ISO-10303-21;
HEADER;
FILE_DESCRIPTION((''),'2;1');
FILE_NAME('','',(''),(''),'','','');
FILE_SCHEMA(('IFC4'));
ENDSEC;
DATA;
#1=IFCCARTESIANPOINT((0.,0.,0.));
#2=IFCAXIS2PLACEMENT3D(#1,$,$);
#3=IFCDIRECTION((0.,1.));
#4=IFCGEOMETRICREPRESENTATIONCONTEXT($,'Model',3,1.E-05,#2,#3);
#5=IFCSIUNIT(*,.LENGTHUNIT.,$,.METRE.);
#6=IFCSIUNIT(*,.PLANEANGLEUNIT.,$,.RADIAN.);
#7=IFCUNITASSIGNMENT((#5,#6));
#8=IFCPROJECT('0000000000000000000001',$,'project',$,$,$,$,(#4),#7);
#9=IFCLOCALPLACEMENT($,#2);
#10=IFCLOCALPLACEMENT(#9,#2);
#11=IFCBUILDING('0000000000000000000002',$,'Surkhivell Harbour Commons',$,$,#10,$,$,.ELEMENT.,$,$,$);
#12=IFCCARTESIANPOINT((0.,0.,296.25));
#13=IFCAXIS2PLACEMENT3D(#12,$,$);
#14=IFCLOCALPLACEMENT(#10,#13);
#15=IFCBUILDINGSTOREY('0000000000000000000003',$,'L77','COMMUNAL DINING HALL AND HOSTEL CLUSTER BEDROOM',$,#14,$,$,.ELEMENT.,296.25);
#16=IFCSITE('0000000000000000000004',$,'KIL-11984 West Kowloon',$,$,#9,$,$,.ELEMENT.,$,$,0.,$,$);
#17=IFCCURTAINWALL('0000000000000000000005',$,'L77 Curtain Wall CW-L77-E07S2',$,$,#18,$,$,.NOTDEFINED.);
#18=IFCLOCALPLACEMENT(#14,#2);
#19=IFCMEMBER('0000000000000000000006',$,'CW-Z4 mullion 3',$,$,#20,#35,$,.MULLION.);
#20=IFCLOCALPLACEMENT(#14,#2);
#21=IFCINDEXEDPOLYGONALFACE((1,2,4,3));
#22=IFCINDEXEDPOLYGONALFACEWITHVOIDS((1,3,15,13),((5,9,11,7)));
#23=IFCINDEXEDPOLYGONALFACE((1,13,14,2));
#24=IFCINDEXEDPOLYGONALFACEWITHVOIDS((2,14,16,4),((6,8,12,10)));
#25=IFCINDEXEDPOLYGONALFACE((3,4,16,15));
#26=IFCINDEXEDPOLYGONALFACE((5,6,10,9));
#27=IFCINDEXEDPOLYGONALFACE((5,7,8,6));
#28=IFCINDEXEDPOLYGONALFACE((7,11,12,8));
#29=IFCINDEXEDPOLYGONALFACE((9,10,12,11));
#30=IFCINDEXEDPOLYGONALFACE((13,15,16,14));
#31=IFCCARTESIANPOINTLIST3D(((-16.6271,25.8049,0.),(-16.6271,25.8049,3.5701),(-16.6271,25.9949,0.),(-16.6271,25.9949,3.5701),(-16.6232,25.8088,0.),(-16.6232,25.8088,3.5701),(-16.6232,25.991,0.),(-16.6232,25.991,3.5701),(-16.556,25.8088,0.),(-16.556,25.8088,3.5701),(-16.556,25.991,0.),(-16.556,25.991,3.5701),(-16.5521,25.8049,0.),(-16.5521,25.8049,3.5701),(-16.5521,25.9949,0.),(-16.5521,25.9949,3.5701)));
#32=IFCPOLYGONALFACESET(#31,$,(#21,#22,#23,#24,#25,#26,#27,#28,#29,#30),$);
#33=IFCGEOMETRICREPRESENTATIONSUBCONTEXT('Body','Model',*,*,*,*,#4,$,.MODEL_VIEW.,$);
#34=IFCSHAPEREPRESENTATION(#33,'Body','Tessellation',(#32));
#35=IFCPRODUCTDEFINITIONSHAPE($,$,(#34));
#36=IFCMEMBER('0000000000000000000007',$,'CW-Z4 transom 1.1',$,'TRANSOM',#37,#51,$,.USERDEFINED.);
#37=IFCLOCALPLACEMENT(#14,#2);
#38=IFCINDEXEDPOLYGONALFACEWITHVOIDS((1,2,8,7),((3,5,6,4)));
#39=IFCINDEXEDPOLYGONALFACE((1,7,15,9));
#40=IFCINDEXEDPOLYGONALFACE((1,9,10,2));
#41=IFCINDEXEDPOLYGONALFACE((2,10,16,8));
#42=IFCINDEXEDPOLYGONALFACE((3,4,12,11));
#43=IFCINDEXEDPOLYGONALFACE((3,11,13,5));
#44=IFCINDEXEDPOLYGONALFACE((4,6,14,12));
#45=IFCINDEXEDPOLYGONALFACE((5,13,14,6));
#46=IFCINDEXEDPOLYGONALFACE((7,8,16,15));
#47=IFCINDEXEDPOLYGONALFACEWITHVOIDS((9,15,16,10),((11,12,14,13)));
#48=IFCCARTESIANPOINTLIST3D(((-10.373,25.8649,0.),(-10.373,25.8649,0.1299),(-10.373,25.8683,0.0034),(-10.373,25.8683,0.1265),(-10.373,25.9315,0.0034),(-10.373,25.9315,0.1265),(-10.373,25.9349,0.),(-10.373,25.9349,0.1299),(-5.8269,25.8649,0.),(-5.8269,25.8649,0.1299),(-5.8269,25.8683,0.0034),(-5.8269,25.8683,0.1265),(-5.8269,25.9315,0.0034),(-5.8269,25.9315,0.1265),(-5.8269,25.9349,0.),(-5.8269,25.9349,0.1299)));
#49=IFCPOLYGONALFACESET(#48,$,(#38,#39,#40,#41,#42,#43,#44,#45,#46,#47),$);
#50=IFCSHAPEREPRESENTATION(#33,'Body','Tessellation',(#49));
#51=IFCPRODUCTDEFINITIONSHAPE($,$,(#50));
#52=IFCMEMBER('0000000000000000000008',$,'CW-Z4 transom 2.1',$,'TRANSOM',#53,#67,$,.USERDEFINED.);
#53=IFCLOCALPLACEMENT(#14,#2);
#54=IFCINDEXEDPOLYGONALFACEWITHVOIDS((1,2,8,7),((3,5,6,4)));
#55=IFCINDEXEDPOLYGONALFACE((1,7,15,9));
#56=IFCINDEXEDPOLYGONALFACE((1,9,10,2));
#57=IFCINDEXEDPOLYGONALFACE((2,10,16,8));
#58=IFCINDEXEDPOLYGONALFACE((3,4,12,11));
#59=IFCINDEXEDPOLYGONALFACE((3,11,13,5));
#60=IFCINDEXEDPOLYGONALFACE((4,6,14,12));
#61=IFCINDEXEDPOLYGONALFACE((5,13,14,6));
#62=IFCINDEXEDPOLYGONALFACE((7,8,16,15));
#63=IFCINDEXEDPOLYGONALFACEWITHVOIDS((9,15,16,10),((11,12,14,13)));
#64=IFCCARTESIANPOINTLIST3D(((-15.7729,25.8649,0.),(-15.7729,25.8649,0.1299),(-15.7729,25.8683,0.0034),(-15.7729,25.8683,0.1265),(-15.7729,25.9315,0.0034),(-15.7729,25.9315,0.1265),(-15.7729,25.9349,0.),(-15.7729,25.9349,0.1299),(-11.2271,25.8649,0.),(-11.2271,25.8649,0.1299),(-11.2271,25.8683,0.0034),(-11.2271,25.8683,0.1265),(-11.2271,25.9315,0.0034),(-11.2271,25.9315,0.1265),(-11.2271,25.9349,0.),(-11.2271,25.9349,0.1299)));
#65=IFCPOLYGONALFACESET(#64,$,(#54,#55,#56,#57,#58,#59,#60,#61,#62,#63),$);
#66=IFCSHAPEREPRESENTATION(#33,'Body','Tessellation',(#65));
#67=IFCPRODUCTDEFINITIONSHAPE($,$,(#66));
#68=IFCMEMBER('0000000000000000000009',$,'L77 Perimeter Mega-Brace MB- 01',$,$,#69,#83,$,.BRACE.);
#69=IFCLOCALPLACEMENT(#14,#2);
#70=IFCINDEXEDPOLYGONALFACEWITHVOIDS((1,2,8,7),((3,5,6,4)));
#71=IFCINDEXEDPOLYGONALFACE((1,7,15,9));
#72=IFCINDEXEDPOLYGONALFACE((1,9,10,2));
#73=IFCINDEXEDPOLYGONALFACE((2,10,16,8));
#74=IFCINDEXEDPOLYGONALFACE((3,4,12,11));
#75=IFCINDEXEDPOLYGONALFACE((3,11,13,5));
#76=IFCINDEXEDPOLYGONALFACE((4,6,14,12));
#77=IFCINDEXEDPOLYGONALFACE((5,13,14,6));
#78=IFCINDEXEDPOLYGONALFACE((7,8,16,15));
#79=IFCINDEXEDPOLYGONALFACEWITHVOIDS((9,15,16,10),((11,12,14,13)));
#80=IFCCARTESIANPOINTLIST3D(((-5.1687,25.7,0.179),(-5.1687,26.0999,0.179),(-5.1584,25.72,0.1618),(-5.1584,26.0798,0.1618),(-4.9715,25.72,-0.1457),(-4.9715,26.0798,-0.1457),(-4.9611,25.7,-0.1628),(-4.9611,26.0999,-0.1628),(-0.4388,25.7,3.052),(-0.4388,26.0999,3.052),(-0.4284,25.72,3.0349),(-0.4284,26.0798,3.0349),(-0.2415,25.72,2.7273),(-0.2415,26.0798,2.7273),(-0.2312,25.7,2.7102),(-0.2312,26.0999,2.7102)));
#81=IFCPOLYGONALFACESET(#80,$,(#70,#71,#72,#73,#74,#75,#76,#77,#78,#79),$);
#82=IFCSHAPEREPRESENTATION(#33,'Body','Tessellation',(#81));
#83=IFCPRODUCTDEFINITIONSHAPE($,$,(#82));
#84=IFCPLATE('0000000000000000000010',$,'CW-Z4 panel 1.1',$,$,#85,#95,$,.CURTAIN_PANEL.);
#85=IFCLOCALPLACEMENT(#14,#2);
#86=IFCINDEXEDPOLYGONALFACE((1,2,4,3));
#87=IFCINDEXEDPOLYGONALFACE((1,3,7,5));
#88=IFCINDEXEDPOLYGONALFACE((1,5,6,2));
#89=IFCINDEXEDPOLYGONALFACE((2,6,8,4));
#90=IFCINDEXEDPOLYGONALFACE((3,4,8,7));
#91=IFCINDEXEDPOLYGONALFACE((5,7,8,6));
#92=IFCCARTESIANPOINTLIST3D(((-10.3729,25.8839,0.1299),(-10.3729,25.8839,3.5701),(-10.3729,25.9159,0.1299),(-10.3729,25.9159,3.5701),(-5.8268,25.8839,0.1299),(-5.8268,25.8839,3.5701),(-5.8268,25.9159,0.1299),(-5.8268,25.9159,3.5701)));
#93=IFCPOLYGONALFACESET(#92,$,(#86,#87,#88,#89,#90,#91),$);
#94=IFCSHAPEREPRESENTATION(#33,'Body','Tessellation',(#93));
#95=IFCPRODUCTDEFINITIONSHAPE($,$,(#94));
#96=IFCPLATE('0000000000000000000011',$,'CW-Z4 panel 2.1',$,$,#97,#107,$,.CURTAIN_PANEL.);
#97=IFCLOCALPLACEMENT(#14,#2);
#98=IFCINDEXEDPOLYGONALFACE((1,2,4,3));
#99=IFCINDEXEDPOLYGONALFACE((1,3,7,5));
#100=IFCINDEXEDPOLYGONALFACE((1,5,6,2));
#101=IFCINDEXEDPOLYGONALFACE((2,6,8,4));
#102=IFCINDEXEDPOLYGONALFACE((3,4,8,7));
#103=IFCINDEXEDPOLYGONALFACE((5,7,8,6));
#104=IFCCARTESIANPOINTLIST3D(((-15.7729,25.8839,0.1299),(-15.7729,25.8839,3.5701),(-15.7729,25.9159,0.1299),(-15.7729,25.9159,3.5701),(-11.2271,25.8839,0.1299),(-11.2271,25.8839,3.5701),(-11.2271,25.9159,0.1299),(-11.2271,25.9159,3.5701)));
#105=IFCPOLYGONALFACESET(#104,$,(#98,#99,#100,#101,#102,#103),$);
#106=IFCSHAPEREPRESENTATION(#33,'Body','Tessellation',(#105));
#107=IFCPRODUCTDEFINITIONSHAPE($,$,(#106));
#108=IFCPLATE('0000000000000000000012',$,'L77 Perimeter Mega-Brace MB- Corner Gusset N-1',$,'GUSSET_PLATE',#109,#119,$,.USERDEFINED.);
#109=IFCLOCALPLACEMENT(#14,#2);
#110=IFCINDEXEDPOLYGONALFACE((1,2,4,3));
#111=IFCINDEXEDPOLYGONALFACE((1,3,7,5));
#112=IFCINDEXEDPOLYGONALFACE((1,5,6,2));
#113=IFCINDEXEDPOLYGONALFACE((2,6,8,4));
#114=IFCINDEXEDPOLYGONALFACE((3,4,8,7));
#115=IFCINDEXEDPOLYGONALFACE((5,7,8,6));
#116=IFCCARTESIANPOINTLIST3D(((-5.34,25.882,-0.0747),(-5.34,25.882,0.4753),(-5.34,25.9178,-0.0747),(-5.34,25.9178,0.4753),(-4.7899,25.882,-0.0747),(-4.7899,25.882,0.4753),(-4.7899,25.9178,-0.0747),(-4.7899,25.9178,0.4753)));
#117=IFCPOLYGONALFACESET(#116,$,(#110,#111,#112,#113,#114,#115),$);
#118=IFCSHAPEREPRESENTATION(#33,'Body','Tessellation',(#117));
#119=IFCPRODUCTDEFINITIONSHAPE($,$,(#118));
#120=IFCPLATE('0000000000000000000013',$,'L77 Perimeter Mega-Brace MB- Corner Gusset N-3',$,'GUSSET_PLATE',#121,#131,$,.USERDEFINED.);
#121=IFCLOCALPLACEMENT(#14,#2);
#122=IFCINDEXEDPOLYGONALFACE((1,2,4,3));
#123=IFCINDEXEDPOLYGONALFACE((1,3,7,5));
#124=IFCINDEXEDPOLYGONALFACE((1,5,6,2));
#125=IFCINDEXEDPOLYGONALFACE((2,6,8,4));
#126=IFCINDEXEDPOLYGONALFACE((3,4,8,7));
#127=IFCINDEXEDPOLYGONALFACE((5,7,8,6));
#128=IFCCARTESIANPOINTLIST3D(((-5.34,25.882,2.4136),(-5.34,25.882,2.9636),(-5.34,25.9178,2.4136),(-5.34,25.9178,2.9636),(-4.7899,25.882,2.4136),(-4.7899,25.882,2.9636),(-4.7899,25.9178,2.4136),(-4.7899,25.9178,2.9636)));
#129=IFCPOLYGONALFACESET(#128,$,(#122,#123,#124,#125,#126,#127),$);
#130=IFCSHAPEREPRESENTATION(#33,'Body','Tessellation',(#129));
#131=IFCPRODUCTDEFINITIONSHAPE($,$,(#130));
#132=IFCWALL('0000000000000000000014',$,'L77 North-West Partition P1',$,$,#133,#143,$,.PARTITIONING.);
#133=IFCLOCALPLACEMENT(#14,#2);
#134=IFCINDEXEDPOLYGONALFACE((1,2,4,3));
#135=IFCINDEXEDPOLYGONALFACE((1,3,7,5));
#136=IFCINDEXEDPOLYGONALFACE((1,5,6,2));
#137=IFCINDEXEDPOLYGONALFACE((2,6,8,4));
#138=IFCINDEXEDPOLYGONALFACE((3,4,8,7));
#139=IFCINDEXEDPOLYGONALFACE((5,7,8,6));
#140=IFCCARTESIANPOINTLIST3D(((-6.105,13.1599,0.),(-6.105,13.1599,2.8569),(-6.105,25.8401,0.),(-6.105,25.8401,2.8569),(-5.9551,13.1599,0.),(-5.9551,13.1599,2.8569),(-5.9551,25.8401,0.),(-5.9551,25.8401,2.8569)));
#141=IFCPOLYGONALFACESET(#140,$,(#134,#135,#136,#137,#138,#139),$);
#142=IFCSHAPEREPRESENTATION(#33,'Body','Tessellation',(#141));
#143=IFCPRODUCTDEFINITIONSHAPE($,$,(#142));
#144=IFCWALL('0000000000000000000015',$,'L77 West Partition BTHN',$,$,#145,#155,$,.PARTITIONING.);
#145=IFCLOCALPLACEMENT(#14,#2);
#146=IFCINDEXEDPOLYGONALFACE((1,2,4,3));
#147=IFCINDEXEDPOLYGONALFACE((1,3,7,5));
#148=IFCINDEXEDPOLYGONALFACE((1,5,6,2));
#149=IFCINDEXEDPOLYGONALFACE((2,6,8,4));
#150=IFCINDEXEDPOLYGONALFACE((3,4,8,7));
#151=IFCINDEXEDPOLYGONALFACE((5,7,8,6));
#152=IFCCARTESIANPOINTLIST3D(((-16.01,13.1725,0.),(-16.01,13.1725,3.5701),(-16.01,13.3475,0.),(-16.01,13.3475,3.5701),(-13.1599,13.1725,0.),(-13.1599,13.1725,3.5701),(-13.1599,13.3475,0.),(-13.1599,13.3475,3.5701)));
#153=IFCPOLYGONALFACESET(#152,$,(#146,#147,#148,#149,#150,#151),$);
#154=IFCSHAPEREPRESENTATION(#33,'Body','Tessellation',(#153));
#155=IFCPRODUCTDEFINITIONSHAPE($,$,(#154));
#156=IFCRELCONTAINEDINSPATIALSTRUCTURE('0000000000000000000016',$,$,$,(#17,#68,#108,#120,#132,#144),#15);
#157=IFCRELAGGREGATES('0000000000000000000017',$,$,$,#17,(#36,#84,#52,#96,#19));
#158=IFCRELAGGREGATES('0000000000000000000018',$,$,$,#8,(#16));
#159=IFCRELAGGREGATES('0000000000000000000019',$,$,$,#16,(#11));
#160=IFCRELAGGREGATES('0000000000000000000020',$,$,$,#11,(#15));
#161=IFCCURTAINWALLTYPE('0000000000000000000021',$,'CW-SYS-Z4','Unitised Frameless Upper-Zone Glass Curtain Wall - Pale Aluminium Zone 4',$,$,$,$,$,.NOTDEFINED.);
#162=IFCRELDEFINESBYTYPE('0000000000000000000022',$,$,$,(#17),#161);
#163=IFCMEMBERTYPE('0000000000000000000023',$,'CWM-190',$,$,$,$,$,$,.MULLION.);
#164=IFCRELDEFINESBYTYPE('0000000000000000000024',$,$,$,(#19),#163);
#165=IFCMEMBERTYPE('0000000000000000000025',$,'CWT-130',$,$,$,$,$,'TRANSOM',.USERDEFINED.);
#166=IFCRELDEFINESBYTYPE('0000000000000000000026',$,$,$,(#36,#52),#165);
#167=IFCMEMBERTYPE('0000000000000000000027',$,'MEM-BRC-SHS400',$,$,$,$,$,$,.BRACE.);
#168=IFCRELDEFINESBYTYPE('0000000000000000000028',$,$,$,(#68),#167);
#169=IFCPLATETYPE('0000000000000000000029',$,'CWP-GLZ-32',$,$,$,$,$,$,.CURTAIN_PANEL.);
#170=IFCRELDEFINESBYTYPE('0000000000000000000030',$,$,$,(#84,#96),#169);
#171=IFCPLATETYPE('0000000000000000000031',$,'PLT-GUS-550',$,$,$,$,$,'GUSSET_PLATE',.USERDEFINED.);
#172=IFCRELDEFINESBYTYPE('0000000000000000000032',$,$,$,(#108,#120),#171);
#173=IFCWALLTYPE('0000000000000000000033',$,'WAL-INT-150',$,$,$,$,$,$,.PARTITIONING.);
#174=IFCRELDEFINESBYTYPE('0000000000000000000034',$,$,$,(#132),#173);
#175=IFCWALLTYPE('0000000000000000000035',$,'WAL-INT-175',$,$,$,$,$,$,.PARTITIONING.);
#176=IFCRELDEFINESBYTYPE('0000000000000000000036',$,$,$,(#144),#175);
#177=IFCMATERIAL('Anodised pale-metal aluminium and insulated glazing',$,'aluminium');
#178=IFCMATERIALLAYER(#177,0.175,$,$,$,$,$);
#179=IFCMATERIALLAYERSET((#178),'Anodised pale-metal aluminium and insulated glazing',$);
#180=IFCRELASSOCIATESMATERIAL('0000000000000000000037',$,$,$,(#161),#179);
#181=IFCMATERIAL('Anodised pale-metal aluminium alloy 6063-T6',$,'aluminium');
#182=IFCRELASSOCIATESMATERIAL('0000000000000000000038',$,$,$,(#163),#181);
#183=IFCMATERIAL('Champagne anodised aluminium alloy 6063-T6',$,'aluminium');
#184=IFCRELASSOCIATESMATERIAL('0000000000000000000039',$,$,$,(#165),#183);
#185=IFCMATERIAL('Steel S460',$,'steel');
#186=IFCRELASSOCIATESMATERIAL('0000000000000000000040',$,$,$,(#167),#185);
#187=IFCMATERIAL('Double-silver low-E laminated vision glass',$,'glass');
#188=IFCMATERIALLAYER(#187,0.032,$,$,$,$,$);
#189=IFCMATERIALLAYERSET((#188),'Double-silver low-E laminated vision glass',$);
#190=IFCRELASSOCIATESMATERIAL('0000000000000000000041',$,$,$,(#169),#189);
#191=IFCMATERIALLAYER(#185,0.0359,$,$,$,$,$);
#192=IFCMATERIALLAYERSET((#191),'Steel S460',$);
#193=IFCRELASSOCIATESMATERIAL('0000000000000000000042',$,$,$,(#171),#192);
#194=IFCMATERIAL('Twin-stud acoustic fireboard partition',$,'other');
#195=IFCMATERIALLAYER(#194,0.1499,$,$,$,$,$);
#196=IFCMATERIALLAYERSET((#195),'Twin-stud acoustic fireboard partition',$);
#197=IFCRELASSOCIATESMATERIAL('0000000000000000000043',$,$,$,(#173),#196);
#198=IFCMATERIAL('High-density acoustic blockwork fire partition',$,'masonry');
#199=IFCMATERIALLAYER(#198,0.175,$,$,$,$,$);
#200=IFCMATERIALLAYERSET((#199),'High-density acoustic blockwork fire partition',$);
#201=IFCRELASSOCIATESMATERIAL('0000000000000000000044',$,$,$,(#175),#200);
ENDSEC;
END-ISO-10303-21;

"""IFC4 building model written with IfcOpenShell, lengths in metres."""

from ifc_helpers import new_model, si_unit, direction, frame, frame_2d, origin, origin_2d, place, context, subcontext, project, spatial, rectangle, hollow_rectangle, extrude, material, layer, layer_set, material_profile, profile_set, type_object, element, aggregate, save


model = new_model("IFC4")

# Units and contexts
model_context = context("Model", 3, precision=1e-05, world=origin(), true_north=direction((0.0, 1.0)))
body_context = subcontext(model_context, "Body", "Model", "MODEL_VIEW")
ifc_project = project(units=[si_unit("LENGTHUNIT", "METRE"), si_unit("PLANEANGLEUNIT", "RADIAN")], contexts=[model_context])

# Site, building, storey
site_placement = place(None, origin())
site = spatial("IfcSite", under=ifc_project, at=site_placement, Name="KIL-11984 West Kowloon", CompositionType="ELEMENT", RefElevation=0.0)
building_placement = place(site_placement, origin())
building = spatial("IfcBuilding", under=site, at=building_placement, Name="Surkhivell Harbour Commons", CompositionType="ELEMENT")
storey_placement = place(building_placement, frame((0.0, 0.0, 296.25)))
storey = spatial("IfcBuildingStorey", under=building, at=storey_placement, Name="L77", Description="COMMUNAL DINING HALL AND HOSTEL CLUSTER BEDROOM", CompositionType="ELEMENT", Elevation=296.25)

# Curtain wall, members
ifc_material_1 = material(Name="Anodised pale-metal aluminium and insulated glazing", Category="aluminium")
ifc_layer_1 = layer(ifc_material_1, 0.175)
ifc_layer_set_1 = layer_set([ifc_layer_1], Name="Anodised pale-metal aluminium and insulated glazing")
curtain_wall_type = type_object("IfcCurtainWallType", Name="CW-SYS-Z4", Description="Unitised Frameless Upper-Zone Glass Curtain Wall - Pale Aluminium Zone 4", PredefinedType="NOTDEFINED", material=ifc_layer_set_1)
curtain_wall_placement = place(storey_placement, origin())
curtain_wall = element("IfcCurtainWall", 1, at=curtain_wall_placement, inside=storey, type_object=curtain_wall_type, Name="L77 Curtain Wall CW-L77-E07S2", PredefinedType="NOTDEFINED")
ifc_material_2 = material(Name="Anodised pale-metal aluminium alloy 6063-T6", Category="aluminium")
ifc_material_profile_1 = material_profile(ifc_material_2, hollow_rectangle(XDim=0.075, YDim=0.1899, WallThickness=0.0039, at=origin_2d()), Name="ALU-MULL-75x190")
ifc_profile_set_1 = profile_set([ifc_material_profile_1], Name="Anodised pale-metal aluminium alloy 6063-T6")
member_type_1 = type_object("IfcMemberType", Name="CWM-190", PredefinedType="MULLION", material=ifc_profile_set_1)
member_1_placement = place(storey_placement, frame((-16.5896, 25.8999, 0.0), z_axis=(0.0, 0.0, 1.0), x_axis=(-1.0, 0.0, 0.0)))
member_1 = element("IfcMember", 2, at=member_1_placement, type_object=member_type_1, Name="CW-Z4 mullion 3", PredefinedType="MULLION", context=body_context, shape_type="SweptSolid", body=[
    extrude(hollow_rectangle(XDim=0.075, YDim=0.1899, WallThickness=0.0039, at=origin_2d()), origin(), (0.0, 0.0, 1.0), 3.5701),
])
ifc_material_3 = material(Name="Champagne anodised aluminium alloy 6063-T6", Category="aluminium")
ifc_material_profile_2 = material_profile(ifc_material_3, hollow_rectangle(XDim=0.0701, YDim=0.1299, WallThickness=0.0034, at=origin_2d()), Name="ALU-TRAN-70x130")
ifc_profile_set_2 = profile_set([ifc_material_profile_2], Name="Champagne anodised aluminium alloy 6063-T6")
member_type_2 = type_object("IfcMemberType", Name="CWT-130", ElementType="TRANSOM", PredefinedType="USERDEFINED", material=ifc_profile_set_2)
member_2_placement = place(storey_placement, frame((-5.8269, 25.8999, 0.0649), z_axis=(-1.0, 0.0, 0.0), x_axis=(0.0, -1.0, 0.0)))
member_2 = element("IfcMember", 3, at=member_2_placement, type_object=member_type_2, Name="CW-Z4 transom 1.1", ObjectType="TRANSOM", PredefinedType="USERDEFINED", context=body_context, shape_type="SweptSolid", body=[
    extrude(hollow_rectangle(XDim=0.0701, YDim=0.1299, WallThickness=0.0034, at=origin_2d()), origin(), (0.0, 0.0, 1.0), 4.5461),
])
member_3_placement = place(storey_placement, frame((-11.2271, 25.8999, 0.0649), z_axis=(-1.0, 0.0, 0.0), x_axis=(0.0, -1.0, 0.0)))
member_3 = element("IfcMember", 4, at=member_3_placement, type_object=member_type_2, Name="CW-Z4 transom 2.1", ObjectType="TRANSOM", PredefinedType="USERDEFINED", context=body_context, shape_type="SweptSolid", body=[
    extrude(hollow_rectangle(XDim=0.0701, YDim=0.1299, WallThickness=0.0034, at=origin_2d()), origin(), (0.0, 0.0, 1.0), 4.5459),
])

# Member
ifc_material_4 = material(Name="Steel S460", Category="steel")
ifc_material_profile_3 = material_profile(ifc_material_4, hollow_rectangle(XDim=0.3999, YDim=0.3999, WallThickness=0.02, at=origin_2d()), Name="SHS400x400x20")
ifc_profile_set_3 = profile_set([ifc_material_profile_3], Name="Steel S460")
member_type_3 = type_object("IfcMemberType", Name="MEM-BRC-SHS400", PredefinedType="BRACE", material=ifc_profile_set_3)
member_4_placement = place(storey_placement, frame((-5.0649, 25.8999, 0.0081), z_axis=(0.854685, 0.0, 0.519146), x_axis=(0.0, 1.0, 0.0)))
element("IfcMember", 5, at=member_4_placement, inside=storey, type_object=member_type_3, Name="L77 Perimeter Mega-Brace MB- 01", PredefinedType="BRACE", context=body_context, shape_type="SweptSolid", body=[
    extrude(hollow_rectangle(XDim=0.3999, YDim=0.3999, WallThickness=0.02, at=origin_2d()), origin(), (0.0, 0.0, 1.0), 5.5342),
])

# Plates
ifc_material_5 = material(Name="Double-silver low-E laminated vision glass", Category="glass")
ifc_layer_2 = layer(ifc_material_5, 0.032)
ifc_layer_set_2 = layer_set([ifc_layer_2], Name="Double-silver low-E laminated vision glass")
plate_type_1 = type_object("IfcPlateType", Name="CWP-GLZ-32", PredefinedType="CURTAIN_PANEL", material=ifc_layer_set_2)
plate_1_placement = place(storey_placement, frame((-5.8269, 25.8999, 0.1299), z_axis=(0.0, 0.0, 1.0), x_axis=(-1.0, 0.0, 0.0)))
plate_1 = element("IfcPlate", 6, at=plate_1_placement, type_object=plate_type_1, Name="CW-Z4 panel 1.1", PredefinedType="CURTAIN_PANEL", context=body_context, shape_type="SweptSolid", body=[
    extrude(rectangle(XDim=4.5461, YDim=0.032, at=frame_2d((2.2729, 0.0))), origin(), (0.0, 0.0, 1.0), 3.4402),
])
plate_2_placement = place(storey_placement, frame((-11.2271, 25.8999, 0.1299), z_axis=(0.0, 0.0, 1.0), x_axis=(-1.0, 0.0, 0.0)))
plate_2 = element("IfcPlate", 7, at=plate_2_placement, type_object=plate_type_1, Name="CW-Z4 panel 2.1", PredefinedType="CURTAIN_PANEL", context=body_context, shape_type="SweptSolid", body=[
    extrude(rectangle(XDim=4.5459, YDim=0.032, at=frame_2d((2.2729, 0.0))), origin(), (0.0, 0.0, 1.0), 3.4402),
])
aggregate(curtain_wall, [member_2, plate_1, member_3, plate_2, member_1])

# Plates
ifc_layer_3 = layer(ifc_material_4, 0.0359)
ifc_layer_set_3 = layer_set([ifc_layer_3], Name="Steel S460")
plate_type_2 = type_object("IfcPlateType", Name="PLT-GUS-550", ElementType="GUSSET_PLATE", PredefinedType="USERDEFINED", material=ifc_layer_set_3)
for number, where, z_axis, x_axis, name in (
    (8, (-5.0649, 25.8999, -0.0747), (0.0, 0.0, 1.0), (1.0, 0.0, 0.0), "L77 Perimeter Mega-Brace MB- Corner Gusset N-1"),
    (9, (-5.0649, 25.8999, 2.4136), (0.0, 0.0, 1.0), (1.0, 0.0, 0.0), "L77 Perimeter Mega-Brace MB- Corner Gusset N-3"),
):
    element("IfcPlate", number, at=place(storey_placement, frame(where, z_axis=z_axis, x_axis=x_axis)), inside=storey, type_object=plate_type_2, Name=name, ObjectType="GUSSET_PLATE", PredefinedType="USERDEFINED", context=body_context, shape_type="SweptSolid", body=[
        extrude(rectangle(XDim=0.55, YDim=0.0359, at=origin_2d()), origin(), (0.0, 0.0, 1.0), 0.55),
    ])

# Walls
ifc_material_6 = material(Name="Twin-stud acoustic fireboard partition", Category="other")
ifc_layer_4 = layer(ifc_material_6, 0.1499)
ifc_layer_set_4 = layer_set([ifc_layer_4], Name="Twin-stud acoustic fireboard partition")
wall_type_1 = type_object("IfcWallType", Name="WAL-INT-150", PredefinedType="PARTITIONING", material=ifc_layer_set_4)
wall_1_placement = place(storey_placement, frame((-6.03, 13.1599, 0.0), z_axis=(0.0, 0.0, 1.0), x_axis=(0.0, 1.0, 0.0)))
element("IfcWall", 10, at=wall_1_placement, inside=storey, type_object=wall_type_1, Name="L77 North-West Partition P1", PredefinedType="PARTITIONING", context=body_context, shape_type="SweptSolid", body=[
    extrude(rectangle(XDim=12.6802, YDim=0.1499, at=frame_2d((6.3401, 0.0))), origin(), (0.0, 0.0, 1.0), 2.8569),
])
ifc_material_7 = material(Name="High-density acoustic blockwork fire partition", Category="masonry")
ifc_layer_5 = layer(ifc_material_7, 0.175)
ifc_layer_set_5 = layer_set([ifc_layer_5], Name="High-density acoustic blockwork fire partition")
wall_type_2 = type_object("IfcWallType", Name="WAL-INT-175", PredefinedType="PARTITIONING", material=ifc_layer_set_5)
wall_2_placement = place(storey_placement, frame((-16.01, 13.26, 0.0), z_axis=(0.0, 0.0, 1.0), x_axis=(1.0, 0.0, 0.0)))
element("IfcWall", 11, at=wall_2_placement, inside=storey, type_object=wall_type_2, Name="L77 West Partition BTHN", PredefinedType="PARTITIONING", context=body_context, shape_type="SweptSolid", body=[
    extrude(rectangle(XDim=2.8501, YDim=0.175, at=frame_2d((1.425, 0.0))), origin(), (0.0, 0.0, 1.0), 3.5701),
])

save(model, "model.ifc")
